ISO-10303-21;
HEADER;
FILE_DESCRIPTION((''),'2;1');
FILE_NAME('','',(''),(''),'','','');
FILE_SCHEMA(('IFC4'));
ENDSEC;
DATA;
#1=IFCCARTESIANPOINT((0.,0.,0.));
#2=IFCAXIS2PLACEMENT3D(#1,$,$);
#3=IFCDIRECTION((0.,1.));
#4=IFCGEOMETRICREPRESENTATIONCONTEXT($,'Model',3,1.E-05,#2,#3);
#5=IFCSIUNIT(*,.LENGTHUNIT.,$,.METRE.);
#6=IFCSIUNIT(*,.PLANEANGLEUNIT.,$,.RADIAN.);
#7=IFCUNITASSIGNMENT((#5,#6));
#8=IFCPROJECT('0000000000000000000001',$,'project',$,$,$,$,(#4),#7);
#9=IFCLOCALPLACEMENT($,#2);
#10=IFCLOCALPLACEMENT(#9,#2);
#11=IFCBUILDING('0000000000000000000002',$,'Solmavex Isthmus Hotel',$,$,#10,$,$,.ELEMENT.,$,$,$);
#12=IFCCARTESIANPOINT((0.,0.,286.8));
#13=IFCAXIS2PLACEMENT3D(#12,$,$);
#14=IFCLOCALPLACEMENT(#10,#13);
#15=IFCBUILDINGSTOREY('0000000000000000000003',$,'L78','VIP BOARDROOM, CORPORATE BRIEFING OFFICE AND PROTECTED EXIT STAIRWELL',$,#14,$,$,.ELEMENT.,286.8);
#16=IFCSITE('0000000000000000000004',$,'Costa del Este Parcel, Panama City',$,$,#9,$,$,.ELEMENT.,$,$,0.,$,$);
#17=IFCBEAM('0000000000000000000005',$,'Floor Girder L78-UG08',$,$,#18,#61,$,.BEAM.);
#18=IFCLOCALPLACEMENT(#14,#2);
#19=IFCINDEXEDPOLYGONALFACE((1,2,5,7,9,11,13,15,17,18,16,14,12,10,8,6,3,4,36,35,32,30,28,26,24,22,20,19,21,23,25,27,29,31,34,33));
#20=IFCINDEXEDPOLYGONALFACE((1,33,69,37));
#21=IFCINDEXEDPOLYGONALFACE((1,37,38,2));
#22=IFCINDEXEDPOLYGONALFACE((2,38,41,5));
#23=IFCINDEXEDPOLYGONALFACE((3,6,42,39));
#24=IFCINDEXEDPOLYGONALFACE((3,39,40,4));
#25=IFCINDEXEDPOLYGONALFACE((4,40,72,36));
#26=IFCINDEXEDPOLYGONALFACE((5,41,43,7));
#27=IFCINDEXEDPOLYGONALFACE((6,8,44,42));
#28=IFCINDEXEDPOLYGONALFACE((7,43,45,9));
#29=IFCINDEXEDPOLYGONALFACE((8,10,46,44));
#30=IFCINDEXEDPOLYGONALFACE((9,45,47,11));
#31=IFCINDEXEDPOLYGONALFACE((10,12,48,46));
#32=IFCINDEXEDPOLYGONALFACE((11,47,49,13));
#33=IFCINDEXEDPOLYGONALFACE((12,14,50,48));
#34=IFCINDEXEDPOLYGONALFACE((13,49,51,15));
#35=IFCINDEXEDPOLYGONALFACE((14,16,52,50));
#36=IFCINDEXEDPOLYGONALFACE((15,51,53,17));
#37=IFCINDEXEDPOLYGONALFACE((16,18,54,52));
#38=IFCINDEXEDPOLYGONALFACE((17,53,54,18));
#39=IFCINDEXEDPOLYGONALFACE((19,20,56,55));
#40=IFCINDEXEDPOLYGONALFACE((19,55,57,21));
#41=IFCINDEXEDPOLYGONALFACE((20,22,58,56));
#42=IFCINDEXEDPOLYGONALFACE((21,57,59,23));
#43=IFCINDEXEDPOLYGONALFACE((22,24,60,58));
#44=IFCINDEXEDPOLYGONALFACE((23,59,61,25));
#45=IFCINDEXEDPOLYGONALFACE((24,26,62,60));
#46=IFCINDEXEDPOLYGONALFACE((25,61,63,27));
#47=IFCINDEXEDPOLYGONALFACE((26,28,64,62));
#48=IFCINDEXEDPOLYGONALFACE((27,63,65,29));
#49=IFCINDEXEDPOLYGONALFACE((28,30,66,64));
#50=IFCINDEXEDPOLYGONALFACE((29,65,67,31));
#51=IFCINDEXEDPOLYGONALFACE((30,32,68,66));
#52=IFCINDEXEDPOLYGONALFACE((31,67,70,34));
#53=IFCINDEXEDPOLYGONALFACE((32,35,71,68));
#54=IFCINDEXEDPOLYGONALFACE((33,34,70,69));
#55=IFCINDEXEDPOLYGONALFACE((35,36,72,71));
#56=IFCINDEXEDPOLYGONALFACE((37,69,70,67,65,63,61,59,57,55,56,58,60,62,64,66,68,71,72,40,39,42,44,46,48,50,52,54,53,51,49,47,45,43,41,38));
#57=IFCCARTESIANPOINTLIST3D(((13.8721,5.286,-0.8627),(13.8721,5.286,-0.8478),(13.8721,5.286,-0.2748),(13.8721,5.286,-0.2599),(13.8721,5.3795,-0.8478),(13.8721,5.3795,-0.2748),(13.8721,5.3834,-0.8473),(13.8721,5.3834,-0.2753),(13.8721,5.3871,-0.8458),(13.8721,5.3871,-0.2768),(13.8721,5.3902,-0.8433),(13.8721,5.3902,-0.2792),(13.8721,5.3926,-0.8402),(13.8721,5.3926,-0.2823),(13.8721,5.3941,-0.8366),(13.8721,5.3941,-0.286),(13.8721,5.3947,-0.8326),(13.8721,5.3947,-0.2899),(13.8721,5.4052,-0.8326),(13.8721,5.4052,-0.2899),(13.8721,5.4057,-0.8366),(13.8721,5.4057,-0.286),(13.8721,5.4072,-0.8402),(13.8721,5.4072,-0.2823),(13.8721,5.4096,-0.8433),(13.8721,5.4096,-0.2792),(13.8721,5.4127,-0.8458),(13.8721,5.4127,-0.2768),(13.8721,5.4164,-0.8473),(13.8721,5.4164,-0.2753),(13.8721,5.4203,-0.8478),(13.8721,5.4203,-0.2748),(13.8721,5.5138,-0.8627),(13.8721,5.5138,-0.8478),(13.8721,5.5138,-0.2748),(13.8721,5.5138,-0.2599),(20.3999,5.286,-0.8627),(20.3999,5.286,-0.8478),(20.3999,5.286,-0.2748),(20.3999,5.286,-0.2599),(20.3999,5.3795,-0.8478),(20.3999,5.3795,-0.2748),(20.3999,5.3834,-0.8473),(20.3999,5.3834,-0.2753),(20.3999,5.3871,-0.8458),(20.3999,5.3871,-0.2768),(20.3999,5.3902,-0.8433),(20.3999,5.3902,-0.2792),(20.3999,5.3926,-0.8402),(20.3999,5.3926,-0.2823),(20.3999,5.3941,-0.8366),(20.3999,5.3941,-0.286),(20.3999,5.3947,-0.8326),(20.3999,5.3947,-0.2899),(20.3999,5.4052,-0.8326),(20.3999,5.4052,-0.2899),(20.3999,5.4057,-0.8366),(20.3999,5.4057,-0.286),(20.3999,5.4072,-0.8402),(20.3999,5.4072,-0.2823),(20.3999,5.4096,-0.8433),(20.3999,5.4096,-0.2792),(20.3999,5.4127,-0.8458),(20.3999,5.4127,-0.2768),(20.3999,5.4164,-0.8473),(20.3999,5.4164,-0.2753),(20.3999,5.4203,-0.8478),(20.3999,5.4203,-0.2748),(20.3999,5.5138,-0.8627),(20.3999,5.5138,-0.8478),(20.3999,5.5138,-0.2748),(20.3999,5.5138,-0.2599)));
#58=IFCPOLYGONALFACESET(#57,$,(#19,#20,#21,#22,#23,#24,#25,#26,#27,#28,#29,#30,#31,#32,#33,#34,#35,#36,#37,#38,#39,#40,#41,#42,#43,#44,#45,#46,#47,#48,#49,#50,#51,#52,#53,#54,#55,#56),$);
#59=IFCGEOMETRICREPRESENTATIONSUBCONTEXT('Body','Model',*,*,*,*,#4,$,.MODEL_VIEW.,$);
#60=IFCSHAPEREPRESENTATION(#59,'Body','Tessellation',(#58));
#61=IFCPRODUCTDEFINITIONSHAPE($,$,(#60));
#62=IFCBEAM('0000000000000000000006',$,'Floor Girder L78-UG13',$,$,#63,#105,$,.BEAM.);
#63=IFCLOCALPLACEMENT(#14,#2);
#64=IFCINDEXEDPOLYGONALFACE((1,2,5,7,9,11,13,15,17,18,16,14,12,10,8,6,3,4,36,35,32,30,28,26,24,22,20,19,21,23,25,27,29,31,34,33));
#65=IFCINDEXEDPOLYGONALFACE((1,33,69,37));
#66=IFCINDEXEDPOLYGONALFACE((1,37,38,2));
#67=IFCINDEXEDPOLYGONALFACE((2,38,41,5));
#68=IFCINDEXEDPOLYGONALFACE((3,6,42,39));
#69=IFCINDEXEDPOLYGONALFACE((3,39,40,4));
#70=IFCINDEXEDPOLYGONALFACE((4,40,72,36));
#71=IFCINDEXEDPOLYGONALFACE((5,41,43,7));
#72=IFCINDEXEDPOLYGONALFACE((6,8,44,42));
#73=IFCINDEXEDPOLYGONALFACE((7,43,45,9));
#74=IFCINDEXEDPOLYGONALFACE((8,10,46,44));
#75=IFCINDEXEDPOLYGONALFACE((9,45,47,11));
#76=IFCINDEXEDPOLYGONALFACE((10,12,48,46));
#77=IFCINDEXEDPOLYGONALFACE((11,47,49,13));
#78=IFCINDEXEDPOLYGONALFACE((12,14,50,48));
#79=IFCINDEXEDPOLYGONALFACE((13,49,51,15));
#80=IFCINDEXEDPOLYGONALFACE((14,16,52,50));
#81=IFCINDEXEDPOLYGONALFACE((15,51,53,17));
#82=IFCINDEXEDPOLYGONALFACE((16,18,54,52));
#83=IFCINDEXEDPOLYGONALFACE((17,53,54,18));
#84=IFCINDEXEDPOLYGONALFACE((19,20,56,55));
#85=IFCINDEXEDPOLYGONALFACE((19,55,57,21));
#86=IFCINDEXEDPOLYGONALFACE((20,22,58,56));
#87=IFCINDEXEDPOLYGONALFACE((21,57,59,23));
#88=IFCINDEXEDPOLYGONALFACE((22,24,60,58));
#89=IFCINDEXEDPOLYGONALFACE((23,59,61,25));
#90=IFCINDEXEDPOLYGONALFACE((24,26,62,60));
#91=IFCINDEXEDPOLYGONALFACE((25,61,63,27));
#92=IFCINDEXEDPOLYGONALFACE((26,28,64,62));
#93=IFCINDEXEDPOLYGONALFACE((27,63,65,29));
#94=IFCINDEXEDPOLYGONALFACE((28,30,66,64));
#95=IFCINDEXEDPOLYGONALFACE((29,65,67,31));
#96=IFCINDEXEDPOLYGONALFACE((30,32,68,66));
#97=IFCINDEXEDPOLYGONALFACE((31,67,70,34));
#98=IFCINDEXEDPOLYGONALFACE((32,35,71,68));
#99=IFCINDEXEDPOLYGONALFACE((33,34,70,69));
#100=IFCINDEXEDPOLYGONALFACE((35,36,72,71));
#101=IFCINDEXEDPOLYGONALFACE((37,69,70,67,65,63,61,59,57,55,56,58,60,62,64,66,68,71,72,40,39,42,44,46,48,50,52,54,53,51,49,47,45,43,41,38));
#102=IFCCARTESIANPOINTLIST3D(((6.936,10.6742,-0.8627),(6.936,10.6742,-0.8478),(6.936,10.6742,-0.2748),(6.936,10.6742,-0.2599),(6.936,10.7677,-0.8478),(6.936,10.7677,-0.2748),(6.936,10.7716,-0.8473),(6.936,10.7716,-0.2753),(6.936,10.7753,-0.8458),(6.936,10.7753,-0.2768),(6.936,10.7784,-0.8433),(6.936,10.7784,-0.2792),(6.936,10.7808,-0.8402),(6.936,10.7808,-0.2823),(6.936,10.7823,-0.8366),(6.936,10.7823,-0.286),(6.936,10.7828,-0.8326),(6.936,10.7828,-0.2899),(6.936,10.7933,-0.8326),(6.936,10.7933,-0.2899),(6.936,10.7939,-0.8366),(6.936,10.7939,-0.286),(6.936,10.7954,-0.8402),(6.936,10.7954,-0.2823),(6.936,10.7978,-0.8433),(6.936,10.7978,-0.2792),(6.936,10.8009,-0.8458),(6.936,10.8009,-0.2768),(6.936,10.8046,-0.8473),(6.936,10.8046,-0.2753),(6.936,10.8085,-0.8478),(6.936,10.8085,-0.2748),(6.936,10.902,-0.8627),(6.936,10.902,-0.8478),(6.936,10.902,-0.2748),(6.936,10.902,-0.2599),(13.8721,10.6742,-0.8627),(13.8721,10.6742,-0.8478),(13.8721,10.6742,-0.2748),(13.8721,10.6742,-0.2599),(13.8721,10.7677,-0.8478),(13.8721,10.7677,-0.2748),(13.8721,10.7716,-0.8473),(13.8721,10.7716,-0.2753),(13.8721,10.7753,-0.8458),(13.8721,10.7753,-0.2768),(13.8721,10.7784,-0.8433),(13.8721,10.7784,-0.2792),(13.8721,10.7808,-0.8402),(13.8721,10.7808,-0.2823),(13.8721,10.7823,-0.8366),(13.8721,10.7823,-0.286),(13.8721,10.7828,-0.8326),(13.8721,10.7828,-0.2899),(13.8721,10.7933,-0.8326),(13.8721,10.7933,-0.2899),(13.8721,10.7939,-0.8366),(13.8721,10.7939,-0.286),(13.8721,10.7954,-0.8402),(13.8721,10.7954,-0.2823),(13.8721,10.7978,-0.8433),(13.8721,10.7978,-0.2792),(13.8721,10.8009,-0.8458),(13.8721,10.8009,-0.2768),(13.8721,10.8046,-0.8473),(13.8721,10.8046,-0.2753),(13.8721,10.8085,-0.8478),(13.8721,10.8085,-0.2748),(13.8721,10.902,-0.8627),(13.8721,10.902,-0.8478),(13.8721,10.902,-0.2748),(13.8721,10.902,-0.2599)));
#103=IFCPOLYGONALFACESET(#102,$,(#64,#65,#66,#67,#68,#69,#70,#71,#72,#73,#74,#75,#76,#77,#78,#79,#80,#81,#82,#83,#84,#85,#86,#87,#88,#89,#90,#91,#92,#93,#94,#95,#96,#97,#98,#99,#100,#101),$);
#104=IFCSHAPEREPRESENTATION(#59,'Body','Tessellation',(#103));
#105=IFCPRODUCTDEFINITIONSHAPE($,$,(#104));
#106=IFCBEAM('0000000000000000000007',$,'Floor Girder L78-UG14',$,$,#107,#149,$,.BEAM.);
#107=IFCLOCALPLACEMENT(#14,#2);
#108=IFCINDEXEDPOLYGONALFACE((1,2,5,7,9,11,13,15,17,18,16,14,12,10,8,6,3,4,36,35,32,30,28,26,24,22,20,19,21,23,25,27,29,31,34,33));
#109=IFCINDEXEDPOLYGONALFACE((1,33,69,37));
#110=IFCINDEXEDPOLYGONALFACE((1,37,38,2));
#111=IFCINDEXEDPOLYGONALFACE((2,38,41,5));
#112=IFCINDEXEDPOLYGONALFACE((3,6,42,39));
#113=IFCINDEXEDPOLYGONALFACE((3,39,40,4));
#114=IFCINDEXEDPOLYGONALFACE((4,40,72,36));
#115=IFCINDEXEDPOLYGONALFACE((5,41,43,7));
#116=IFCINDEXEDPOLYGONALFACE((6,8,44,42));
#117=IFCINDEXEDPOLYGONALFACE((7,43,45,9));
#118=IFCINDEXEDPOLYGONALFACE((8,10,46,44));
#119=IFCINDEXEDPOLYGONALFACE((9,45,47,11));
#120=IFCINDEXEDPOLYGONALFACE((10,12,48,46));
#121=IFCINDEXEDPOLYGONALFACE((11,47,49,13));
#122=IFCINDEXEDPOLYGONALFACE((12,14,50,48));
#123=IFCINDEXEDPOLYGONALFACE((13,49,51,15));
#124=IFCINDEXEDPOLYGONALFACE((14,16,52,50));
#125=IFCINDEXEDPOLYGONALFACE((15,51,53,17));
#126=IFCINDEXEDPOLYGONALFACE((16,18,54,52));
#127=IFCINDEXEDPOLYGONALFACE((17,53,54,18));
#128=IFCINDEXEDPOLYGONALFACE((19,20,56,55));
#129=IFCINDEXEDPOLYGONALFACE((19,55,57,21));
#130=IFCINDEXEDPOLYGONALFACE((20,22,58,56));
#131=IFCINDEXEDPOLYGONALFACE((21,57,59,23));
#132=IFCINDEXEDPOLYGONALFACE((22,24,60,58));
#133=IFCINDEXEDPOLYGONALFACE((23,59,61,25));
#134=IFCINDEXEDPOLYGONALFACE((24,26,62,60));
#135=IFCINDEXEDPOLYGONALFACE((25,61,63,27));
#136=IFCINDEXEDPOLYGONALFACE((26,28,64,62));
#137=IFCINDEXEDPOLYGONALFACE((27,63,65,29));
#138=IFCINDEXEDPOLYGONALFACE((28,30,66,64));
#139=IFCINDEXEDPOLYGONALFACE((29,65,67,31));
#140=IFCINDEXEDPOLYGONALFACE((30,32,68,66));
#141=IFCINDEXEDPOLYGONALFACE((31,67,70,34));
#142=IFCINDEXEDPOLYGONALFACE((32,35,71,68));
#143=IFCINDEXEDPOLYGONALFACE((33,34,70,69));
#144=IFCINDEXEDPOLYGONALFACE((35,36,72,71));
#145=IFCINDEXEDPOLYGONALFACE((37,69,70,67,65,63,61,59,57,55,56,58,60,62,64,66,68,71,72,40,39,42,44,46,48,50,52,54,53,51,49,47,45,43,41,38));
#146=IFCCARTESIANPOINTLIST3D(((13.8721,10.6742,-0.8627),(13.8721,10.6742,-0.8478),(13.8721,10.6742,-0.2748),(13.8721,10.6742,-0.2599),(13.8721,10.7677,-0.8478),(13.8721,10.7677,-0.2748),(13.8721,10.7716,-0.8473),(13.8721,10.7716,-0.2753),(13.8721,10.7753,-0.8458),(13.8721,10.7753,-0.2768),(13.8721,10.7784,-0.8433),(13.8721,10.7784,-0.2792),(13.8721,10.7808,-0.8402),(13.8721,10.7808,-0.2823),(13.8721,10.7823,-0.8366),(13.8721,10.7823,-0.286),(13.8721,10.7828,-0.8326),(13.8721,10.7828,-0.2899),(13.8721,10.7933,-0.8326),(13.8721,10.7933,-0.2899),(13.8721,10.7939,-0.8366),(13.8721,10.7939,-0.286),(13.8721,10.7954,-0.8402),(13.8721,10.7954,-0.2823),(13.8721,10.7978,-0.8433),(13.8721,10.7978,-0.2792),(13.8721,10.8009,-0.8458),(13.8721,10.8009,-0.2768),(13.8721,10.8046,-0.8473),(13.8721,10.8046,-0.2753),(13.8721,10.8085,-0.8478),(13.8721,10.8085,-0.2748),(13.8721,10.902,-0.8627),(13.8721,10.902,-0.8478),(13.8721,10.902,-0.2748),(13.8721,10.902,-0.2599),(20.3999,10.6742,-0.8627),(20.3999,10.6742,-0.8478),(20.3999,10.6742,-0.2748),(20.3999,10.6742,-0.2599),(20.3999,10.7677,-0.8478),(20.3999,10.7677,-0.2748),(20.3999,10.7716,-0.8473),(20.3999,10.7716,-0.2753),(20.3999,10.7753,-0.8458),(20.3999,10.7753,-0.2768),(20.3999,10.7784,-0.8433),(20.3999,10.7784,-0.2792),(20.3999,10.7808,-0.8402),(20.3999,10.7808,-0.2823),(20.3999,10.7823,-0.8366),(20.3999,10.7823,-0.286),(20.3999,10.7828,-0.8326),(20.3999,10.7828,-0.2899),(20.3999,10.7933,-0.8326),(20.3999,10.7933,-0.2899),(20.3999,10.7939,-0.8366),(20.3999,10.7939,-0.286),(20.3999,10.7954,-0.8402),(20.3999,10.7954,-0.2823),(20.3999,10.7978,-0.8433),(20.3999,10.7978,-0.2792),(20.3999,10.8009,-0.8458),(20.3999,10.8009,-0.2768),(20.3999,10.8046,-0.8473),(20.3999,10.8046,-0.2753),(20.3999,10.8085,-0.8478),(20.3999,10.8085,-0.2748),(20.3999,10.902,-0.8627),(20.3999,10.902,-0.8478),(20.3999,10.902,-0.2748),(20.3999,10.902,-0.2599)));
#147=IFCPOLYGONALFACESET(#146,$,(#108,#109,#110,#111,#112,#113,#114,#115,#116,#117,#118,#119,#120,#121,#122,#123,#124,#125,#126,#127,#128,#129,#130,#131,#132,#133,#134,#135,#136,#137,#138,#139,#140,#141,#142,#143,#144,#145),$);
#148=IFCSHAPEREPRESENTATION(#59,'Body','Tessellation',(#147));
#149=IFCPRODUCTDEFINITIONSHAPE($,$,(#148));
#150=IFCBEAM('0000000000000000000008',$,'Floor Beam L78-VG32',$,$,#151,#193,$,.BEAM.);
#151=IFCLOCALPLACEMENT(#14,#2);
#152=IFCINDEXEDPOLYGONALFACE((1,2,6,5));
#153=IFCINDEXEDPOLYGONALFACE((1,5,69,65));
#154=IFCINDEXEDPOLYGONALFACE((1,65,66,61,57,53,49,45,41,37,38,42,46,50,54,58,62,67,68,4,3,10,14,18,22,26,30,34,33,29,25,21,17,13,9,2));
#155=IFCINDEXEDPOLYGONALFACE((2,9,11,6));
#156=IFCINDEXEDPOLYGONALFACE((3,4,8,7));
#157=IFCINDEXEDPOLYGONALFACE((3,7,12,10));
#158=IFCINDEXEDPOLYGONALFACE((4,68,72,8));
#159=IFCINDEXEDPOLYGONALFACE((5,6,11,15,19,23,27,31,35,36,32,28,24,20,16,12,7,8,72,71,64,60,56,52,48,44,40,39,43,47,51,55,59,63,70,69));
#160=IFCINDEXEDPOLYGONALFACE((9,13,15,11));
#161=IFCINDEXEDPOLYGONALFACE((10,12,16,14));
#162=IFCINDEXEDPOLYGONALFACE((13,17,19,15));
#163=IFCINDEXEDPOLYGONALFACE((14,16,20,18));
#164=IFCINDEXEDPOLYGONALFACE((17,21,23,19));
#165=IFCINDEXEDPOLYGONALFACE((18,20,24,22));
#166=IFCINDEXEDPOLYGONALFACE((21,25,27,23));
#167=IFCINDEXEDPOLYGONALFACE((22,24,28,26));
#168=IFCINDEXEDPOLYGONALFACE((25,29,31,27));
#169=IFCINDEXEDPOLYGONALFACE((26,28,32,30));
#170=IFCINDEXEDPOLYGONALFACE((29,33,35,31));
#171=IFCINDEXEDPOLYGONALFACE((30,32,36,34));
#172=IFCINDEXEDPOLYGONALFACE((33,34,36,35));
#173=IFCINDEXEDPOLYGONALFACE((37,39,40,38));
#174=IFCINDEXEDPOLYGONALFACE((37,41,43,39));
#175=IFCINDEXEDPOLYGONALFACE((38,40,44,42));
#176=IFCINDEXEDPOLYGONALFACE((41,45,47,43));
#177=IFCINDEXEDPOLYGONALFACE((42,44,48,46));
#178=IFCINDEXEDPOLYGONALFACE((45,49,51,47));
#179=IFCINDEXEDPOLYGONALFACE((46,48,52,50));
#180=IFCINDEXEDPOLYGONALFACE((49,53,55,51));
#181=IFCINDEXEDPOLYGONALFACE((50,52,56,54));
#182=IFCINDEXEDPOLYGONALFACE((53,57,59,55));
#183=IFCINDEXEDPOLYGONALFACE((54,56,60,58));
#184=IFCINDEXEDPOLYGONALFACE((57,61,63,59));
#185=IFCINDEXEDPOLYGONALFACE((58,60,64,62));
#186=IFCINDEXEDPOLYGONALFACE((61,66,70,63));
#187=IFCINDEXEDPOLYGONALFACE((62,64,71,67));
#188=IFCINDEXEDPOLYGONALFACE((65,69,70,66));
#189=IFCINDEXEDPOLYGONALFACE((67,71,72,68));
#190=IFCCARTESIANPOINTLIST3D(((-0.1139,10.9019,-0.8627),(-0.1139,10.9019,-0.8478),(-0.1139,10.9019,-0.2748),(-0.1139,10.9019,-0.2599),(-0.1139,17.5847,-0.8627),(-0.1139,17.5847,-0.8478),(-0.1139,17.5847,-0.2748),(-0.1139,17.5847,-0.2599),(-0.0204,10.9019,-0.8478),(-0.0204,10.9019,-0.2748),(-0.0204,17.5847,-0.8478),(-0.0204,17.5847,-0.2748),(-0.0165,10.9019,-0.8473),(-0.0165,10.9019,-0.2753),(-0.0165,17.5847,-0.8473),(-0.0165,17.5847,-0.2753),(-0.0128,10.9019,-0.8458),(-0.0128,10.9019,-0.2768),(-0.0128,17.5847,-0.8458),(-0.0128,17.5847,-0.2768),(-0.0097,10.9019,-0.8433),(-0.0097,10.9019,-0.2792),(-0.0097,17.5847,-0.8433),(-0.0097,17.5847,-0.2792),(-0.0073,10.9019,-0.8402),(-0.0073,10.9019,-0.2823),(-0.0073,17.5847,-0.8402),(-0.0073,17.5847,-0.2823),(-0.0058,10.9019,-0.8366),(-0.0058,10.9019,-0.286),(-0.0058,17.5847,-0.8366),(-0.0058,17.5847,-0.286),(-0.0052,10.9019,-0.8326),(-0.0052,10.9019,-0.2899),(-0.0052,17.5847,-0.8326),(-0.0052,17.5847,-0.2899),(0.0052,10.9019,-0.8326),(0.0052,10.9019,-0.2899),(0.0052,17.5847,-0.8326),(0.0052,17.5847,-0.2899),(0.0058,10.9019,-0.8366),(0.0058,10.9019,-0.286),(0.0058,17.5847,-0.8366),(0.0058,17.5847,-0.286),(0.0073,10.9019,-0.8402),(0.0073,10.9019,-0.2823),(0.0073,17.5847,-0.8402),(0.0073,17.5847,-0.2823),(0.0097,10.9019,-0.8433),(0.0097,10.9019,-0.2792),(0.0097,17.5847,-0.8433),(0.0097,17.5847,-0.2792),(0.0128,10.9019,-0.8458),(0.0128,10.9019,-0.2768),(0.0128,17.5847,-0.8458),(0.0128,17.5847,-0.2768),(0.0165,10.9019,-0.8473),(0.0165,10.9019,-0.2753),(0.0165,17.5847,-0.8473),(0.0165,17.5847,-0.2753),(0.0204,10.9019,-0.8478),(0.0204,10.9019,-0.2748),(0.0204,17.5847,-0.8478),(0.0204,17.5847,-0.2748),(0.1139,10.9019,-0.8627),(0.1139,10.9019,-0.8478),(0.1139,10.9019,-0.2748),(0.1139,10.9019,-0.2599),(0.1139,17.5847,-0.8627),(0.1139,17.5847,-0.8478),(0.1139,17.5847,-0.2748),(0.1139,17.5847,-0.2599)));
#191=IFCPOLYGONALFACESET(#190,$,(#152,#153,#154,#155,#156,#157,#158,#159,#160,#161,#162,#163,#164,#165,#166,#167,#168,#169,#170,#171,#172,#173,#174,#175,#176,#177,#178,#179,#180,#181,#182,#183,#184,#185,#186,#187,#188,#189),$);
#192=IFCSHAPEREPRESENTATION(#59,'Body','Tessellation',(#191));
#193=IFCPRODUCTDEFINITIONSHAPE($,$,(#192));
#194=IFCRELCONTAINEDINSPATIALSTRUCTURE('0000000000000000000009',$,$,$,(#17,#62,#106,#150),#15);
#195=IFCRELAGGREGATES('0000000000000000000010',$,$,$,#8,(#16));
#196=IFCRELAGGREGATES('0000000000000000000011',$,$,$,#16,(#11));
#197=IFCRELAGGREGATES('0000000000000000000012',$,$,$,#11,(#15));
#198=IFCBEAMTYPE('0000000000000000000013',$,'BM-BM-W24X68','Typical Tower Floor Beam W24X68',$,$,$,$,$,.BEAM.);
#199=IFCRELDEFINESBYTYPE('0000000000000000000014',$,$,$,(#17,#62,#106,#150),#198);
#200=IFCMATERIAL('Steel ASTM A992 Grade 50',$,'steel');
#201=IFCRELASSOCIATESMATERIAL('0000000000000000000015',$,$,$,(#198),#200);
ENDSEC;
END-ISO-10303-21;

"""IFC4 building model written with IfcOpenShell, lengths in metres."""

from ifc_helpers import new_model, si_unit, direction, frame, origin, origin_2d, place, context, subcontext, project, spatial, i_section, extrude, material, material_profile, profile_set, type_object, element, save


model = new_model("IFC4")

# Units and contexts
model_context = context("Model", 3, precision=1e-05, world=origin(), true_north=direction((0.0, 1.0)))
body_context = subcontext(model_context, "Body", "Model", "MODEL_VIEW")
ifc_project = project(units=[si_unit("LENGTHUNIT", "METRE"), si_unit("PLANEANGLEUNIT", "RADIAN")], contexts=[model_context])

# Site, building, storey
site_placement = place(None, origin())
site = spatial("IfcSite", under=ifc_project, at=site_placement, Name="Costa del Este Parcel, Panama City", CompositionType="ELEMENT", RefElevation=0.0)
building_placement = place(site_placement, origin())
building = spatial("IfcBuilding", under=site, at=building_placement, Name="Solmavex Isthmus Hotel", CompositionType="ELEMENT")
storey_placement = place(building_placement, frame((0.0, 0.0, 286.8)))
storey = spatial("IfcBuildingStorey", under=building, at=storey_placement, Name="L78", Description="VIP BOARDROOM, CORPORATE BRIEFING OFFICE AND PROTECTED EXIT STAIRWELL", CompositionType="ELEMENT", Elevation=286.8)

# Beams
ifc_material_1 = material(Name="Steel ASTM A992 Grade 50", Category="steel")
ifc_material_profile_1 = material_profile(ifc_material_1, i_section(OverallWidth=0.2278, OverallDepth=0.6028, WebThickness=0.0105, FlangeThickness=0.0149, FilletRadius=0.0151, at=origin_2d()), Name="W24X68")
ifc_profile_set_1 = profile_set([ifc_material_profile_1], Name="Steel ASTM A992 Grade 50")
beam_type_1 = type_object("IfcBeamType", Name="BM-BM-W24X68", Description="Typical Tower Floor Beam W24X68", PredefinedType="BEAM", material=ifc_profile_set_1)
beam_1_placement = place(storey_placement, frame((13.8721, 5.3999, -0.5613), z_axis=(1.0, 0.0, 0.0), x_axis=(0.0, 1.0, 0.0)))
element("IfcBeam", 1, at=beam_1_placement, inside=storey, type_object=beam_type_1, Name="Floor Girder L78-UG08", PredefinedType="BEAM", context=body_context, shape_type="SweptSolid", body=[
    extrude(i_section(OverallWidth=0.2278, OverallDepth=0.6028, WebThickness=0.0105, FlangeThickness=0.0149, FilletRadius=0.0151, at=origin_2d()), origin(), (0.0, 0.0, 1.0), 6.5278),
])
beam_2_placement = place(storey_placement, frame((6.936, 10.7881, -0.5613), z_axis=(1.0, 0.0, 0.0), x_axis=(0.0, 1.0, 0.0)))
element("IfcBeam", 2, at=beam_2_placement, inside=storey, type_object=beam_type_1, Name="Floor Girder L78-UG13", PredefinedType="BEAM", context=body_context, shape_type="SweptSolid", body=[
    extrude(i_section(OverallWidth=0.2278, OverallDepth=0.6028, WebThickness=0.0105, FlangeThickness=0.0149, FilletRadius=0.0151, at=origin_2d()), origin(), (0.0, 0.0, 1.0), 6.936),
])
beam_3_placement = place(storey_placement, frame((13.8721, 10.7881, -0.5613), z_axis=(1.0, 0.0, 0.0), x_axis=(0.0, 1.0, 0.0)))
element("IfcBeam", 3, at=beam_3_placement, inside=storey, type_object=beam_type_1, Name="Floor Girder L78-UG14", PredefinedType="BEAM", context=body_context, shape_type="SweptSolid", body=[
    extrude(i_section(OverallWidth=0.2278, OverallDepth=0.6028, WebThickness=0.0105, FlangeThickness=0.0149, FilletRadius=0.0151, at=origin_2d()), origin(), (0.0, 0.0, 1.0), 6.5278),
])
beam_4_placement = place(storey_placement, frame((0.0, 10.9019, -0.5613), z_axis=(0.0, 1.0, 0.0), x_axis=(-1.0, 0.0, 0.0)))
element("IfcBeam", 4, at=beam_4_placement, inside=storey, type_object=beam_type_1, Name="Floor Beam L78-VG32", PredefinedType="BEAM", context=body_context, shape_type="SweptSolid", body=[
    extrude(i_section(OverallWidth=0.2278, OverallDepth=0.6028, WebThickness=0.0105, FlangeThickness=0.0149, FilletRadius=0.0151, at=origin_2d()), origin(), (0.0, 0.0, 1.0), 6.6829),
])

save(model, "model.ifc")
